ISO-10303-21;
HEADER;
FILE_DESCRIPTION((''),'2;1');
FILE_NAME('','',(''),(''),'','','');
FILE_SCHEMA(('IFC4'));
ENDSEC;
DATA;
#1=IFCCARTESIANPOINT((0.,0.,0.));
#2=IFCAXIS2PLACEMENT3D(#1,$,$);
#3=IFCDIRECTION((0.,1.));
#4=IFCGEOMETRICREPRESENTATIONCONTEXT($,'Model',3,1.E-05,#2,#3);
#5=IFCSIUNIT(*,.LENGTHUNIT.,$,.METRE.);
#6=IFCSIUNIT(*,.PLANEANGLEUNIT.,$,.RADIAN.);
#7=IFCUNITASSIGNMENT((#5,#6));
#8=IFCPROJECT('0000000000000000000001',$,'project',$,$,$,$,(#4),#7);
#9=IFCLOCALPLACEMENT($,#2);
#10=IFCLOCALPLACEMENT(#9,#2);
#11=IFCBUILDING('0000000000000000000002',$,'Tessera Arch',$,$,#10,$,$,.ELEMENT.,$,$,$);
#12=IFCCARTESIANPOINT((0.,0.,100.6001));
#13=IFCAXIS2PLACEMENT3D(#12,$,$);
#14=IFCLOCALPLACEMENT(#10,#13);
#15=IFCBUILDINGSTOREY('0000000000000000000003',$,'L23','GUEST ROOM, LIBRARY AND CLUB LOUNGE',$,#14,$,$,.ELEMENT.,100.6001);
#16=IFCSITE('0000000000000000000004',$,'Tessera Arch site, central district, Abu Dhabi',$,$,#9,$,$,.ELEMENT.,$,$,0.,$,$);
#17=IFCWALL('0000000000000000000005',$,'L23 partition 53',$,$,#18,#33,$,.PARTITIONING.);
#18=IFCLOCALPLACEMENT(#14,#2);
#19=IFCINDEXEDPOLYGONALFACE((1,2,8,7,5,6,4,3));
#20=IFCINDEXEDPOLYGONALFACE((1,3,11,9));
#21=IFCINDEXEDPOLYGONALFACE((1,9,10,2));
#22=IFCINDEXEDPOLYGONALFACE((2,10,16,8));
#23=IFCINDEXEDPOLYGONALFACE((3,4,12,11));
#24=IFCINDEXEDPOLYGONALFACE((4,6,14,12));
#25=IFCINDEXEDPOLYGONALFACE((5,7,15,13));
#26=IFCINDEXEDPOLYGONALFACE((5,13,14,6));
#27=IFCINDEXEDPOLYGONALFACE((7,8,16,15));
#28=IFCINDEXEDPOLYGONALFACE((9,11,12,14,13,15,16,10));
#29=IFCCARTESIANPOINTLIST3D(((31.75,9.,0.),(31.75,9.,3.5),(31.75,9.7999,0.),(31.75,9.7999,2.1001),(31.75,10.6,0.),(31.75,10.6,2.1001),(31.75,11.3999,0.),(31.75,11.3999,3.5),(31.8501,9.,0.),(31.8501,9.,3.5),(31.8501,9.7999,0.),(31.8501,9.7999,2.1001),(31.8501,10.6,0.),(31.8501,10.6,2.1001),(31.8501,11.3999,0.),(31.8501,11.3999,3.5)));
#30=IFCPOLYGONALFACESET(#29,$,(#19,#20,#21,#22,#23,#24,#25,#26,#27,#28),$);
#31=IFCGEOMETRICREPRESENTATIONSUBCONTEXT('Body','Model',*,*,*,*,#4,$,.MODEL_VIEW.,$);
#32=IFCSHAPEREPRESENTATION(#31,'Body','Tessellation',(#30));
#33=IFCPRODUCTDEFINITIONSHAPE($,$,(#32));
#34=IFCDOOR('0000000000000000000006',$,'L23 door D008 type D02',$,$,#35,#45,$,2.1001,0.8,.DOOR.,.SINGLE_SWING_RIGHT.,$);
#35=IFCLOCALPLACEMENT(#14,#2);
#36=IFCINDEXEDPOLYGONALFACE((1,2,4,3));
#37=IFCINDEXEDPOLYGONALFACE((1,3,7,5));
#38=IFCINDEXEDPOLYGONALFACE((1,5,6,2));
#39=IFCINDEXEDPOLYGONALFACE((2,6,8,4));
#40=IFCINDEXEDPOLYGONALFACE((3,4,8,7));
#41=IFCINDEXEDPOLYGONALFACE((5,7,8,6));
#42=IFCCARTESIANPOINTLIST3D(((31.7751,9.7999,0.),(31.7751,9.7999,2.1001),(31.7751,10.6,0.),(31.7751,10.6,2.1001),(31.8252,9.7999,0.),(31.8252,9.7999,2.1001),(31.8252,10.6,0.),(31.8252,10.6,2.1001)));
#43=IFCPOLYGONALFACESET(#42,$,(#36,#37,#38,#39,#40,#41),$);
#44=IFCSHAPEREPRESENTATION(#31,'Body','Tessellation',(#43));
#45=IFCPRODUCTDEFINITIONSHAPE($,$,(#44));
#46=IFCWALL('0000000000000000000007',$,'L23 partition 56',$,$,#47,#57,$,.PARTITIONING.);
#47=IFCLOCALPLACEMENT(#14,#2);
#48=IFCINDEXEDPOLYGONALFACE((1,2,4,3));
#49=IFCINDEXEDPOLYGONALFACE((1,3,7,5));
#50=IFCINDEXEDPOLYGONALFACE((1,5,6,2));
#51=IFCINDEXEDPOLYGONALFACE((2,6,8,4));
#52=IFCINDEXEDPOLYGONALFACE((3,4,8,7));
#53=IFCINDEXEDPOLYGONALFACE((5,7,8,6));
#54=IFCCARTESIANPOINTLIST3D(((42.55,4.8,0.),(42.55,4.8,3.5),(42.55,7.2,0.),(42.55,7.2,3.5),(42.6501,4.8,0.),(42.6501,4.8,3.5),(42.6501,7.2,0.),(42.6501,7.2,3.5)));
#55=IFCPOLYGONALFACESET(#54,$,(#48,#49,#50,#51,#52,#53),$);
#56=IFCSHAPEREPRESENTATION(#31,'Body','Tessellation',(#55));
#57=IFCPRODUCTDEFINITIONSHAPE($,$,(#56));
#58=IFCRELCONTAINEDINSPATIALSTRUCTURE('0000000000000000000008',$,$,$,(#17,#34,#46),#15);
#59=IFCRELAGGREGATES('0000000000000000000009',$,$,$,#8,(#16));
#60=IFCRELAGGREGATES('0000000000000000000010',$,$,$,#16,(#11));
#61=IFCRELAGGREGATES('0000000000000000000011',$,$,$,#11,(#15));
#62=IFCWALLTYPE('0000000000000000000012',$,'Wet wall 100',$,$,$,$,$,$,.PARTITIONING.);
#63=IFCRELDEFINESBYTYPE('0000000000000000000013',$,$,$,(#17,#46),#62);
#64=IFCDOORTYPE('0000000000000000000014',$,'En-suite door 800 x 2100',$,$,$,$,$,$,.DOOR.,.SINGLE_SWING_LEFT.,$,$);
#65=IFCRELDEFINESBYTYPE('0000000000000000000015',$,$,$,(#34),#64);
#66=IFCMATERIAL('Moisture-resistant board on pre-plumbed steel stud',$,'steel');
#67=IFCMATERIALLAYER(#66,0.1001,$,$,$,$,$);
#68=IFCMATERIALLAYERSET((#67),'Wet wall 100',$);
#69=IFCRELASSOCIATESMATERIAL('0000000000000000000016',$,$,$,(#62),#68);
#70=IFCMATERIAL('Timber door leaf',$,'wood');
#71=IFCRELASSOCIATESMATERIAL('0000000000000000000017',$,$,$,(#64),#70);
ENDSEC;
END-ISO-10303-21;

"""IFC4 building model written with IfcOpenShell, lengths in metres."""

from ifc_helpers import new_model, si_unit, direction, frame, frame_2d, origin, place, context, subcontext, project, spatial, rectangle, extrude, material, layer, layer_set, type_object, element, fill, save


model = new_model("IFC4")

# Units and contexts
model_context = context("Model", 3, precision=1e-05, world=origin(), true_north=direction((0.0, 1.0)))
body_context = subcontext(model_context, "Body", "Model", "MODEL_VIEW")
ifc_project = project(units=[si_unit("LENGTHUNIT", "METRE"), si_unit("PLANEANGLEUNIT", "RADIAN")], contexts=[model_context])

# Site, building, storey
site_placement = place(None, origin())
site = spatial("IfcSite", under=ifc_project, at=site_placement, Name="Tessera Arch site, central district, Abu Dhabi", CompositionType="ELEMENT", RefElevation=0.0)
building_placement = place(site_placement, origin())
building = spatial("IfcBuilding", under=site, at=building_placement, Name="Tessera Arch", CompositionType="ELEMENT")
storey_placement = place(building_placement, frame((0.0, 0.0, 100.6001)))
storey = spatial("IfcBuildingStorey", under=building, at=storey_placement, Name="L23", Description="GUEST ROOM, LIBRARY AND CLUB LOUNGE", CompositionType="ELEMENT", Elevation=100.6001)

# Shared definitions
ifc_material_1 = material(Name="Moisture-resistant board on pre-plumbed steel stud", Category="steel")
ifc_layer_1 = layer(ifc_material_1, 0.1001)
ifc_layer_set_1 = layer_set([ifc_layer_1], Name="Wet wall 100")
wall_type_1 = type_object("IfcWallType", Name="Wet wall 100", PredefinedType="PARTITIONING", material=ifc_layer_set_1)

# Wall, opening, door
wall_1_placement = place(storey_placement, frame((31.8, 9.0, 0.0), z_axis=(0.0, 0.0, 1.0), x_axis=(0.0, 1.0, 0.0)))
wall_1 = element("IfcWall", 1, at=wall_1_placement, inside=storey, type_object=wall_type_1, Name="L23 partition 53", PredefinedType="PARTITIONING", context=body_context, shape_type="SweptSolid", body=[
    extrude(rectangle(XDim=2.3999, YDim=0.1001, at=frame_2d((1.2, 0.0))), origin(), (0.0, 0.0, 1.0), 3.5),
])
opening_1_placement = place(wall_1_placement, frame((0.8, 0.0, 0.0)))
opening_1 = element("IfcOpeningElement", 2, at=opening_1_placement, cuts=wall_1, PredefinedType="OPENING", context=body_context, shape_type="SweptSolid", body=[
    extrude(rectangle(XDim=0.8, YDim=2.1001, at=frame_2d((0.3999, 1.05))), frame((0.0, 0.0601, 0.0), z_axis=(0.0, -1.0, 0.0), x_axis=(1.0, 0.0, 0.0)), (0.0, 0.0, 1.0), 0.1201),
])
ifc_material_2 = material(Name="Timber door leaf", Category="wood")
door_type_1 = type_object("IfcDoorType", Name="En-suite door 800 x 2100", OperationType="SINGLE_SWING_LEFT", PredefinedType="DOOR", material=ifc_material_2)
door_1_placement = place(opening_1_placement, origin())
door_1 = element("IfcDoor", 3, at=door_1_placement, inside=storey, type_object=door_type_1, Name="L23 door D008 type D02", OperationType="SINGLE_SWING_RIGHT", OverallHeight=2.1001, OverallWidth=0.8, PredefinedType="DOOR", context=body_context, shape_type="SweptSolid", body=[
    extrude(rectangle(XDim=0.8, YDim=2.1001, at=frame_2d((0.3999, 1.05))), frame((0.0, 0.0249, 0.0), z_axis=(0.0, -1.0, 0.0), x_axis=(1.0, 0.0, 0.0)), (0.0, 0.0, 1.0), 0.05),
])
fill(opening_1, door_1)

# Wall
wall_2_placement = place(storey_placement, frame((42.6001, 4.8, 0.0), z_axis=(0.0, 0.0, 1.0), x_axis=(0.0, 1.0, 0.0)))
element("IfcWall", 4, at=wall_2_placement, inside=storey, type_object=wall_type_1, Name="L23 partition 56", PredefinedType="PARTITIONING", context=body_context, shape_type="SweptSolid", body=[
    extrude(rectangle(XDim=2.3999, YDim=0.1001, at=frame_2d((1.2, 0.0))), origin(), (0.0, 0.0, 1.0), 3.5),
])

save(model, "model.ifc")
